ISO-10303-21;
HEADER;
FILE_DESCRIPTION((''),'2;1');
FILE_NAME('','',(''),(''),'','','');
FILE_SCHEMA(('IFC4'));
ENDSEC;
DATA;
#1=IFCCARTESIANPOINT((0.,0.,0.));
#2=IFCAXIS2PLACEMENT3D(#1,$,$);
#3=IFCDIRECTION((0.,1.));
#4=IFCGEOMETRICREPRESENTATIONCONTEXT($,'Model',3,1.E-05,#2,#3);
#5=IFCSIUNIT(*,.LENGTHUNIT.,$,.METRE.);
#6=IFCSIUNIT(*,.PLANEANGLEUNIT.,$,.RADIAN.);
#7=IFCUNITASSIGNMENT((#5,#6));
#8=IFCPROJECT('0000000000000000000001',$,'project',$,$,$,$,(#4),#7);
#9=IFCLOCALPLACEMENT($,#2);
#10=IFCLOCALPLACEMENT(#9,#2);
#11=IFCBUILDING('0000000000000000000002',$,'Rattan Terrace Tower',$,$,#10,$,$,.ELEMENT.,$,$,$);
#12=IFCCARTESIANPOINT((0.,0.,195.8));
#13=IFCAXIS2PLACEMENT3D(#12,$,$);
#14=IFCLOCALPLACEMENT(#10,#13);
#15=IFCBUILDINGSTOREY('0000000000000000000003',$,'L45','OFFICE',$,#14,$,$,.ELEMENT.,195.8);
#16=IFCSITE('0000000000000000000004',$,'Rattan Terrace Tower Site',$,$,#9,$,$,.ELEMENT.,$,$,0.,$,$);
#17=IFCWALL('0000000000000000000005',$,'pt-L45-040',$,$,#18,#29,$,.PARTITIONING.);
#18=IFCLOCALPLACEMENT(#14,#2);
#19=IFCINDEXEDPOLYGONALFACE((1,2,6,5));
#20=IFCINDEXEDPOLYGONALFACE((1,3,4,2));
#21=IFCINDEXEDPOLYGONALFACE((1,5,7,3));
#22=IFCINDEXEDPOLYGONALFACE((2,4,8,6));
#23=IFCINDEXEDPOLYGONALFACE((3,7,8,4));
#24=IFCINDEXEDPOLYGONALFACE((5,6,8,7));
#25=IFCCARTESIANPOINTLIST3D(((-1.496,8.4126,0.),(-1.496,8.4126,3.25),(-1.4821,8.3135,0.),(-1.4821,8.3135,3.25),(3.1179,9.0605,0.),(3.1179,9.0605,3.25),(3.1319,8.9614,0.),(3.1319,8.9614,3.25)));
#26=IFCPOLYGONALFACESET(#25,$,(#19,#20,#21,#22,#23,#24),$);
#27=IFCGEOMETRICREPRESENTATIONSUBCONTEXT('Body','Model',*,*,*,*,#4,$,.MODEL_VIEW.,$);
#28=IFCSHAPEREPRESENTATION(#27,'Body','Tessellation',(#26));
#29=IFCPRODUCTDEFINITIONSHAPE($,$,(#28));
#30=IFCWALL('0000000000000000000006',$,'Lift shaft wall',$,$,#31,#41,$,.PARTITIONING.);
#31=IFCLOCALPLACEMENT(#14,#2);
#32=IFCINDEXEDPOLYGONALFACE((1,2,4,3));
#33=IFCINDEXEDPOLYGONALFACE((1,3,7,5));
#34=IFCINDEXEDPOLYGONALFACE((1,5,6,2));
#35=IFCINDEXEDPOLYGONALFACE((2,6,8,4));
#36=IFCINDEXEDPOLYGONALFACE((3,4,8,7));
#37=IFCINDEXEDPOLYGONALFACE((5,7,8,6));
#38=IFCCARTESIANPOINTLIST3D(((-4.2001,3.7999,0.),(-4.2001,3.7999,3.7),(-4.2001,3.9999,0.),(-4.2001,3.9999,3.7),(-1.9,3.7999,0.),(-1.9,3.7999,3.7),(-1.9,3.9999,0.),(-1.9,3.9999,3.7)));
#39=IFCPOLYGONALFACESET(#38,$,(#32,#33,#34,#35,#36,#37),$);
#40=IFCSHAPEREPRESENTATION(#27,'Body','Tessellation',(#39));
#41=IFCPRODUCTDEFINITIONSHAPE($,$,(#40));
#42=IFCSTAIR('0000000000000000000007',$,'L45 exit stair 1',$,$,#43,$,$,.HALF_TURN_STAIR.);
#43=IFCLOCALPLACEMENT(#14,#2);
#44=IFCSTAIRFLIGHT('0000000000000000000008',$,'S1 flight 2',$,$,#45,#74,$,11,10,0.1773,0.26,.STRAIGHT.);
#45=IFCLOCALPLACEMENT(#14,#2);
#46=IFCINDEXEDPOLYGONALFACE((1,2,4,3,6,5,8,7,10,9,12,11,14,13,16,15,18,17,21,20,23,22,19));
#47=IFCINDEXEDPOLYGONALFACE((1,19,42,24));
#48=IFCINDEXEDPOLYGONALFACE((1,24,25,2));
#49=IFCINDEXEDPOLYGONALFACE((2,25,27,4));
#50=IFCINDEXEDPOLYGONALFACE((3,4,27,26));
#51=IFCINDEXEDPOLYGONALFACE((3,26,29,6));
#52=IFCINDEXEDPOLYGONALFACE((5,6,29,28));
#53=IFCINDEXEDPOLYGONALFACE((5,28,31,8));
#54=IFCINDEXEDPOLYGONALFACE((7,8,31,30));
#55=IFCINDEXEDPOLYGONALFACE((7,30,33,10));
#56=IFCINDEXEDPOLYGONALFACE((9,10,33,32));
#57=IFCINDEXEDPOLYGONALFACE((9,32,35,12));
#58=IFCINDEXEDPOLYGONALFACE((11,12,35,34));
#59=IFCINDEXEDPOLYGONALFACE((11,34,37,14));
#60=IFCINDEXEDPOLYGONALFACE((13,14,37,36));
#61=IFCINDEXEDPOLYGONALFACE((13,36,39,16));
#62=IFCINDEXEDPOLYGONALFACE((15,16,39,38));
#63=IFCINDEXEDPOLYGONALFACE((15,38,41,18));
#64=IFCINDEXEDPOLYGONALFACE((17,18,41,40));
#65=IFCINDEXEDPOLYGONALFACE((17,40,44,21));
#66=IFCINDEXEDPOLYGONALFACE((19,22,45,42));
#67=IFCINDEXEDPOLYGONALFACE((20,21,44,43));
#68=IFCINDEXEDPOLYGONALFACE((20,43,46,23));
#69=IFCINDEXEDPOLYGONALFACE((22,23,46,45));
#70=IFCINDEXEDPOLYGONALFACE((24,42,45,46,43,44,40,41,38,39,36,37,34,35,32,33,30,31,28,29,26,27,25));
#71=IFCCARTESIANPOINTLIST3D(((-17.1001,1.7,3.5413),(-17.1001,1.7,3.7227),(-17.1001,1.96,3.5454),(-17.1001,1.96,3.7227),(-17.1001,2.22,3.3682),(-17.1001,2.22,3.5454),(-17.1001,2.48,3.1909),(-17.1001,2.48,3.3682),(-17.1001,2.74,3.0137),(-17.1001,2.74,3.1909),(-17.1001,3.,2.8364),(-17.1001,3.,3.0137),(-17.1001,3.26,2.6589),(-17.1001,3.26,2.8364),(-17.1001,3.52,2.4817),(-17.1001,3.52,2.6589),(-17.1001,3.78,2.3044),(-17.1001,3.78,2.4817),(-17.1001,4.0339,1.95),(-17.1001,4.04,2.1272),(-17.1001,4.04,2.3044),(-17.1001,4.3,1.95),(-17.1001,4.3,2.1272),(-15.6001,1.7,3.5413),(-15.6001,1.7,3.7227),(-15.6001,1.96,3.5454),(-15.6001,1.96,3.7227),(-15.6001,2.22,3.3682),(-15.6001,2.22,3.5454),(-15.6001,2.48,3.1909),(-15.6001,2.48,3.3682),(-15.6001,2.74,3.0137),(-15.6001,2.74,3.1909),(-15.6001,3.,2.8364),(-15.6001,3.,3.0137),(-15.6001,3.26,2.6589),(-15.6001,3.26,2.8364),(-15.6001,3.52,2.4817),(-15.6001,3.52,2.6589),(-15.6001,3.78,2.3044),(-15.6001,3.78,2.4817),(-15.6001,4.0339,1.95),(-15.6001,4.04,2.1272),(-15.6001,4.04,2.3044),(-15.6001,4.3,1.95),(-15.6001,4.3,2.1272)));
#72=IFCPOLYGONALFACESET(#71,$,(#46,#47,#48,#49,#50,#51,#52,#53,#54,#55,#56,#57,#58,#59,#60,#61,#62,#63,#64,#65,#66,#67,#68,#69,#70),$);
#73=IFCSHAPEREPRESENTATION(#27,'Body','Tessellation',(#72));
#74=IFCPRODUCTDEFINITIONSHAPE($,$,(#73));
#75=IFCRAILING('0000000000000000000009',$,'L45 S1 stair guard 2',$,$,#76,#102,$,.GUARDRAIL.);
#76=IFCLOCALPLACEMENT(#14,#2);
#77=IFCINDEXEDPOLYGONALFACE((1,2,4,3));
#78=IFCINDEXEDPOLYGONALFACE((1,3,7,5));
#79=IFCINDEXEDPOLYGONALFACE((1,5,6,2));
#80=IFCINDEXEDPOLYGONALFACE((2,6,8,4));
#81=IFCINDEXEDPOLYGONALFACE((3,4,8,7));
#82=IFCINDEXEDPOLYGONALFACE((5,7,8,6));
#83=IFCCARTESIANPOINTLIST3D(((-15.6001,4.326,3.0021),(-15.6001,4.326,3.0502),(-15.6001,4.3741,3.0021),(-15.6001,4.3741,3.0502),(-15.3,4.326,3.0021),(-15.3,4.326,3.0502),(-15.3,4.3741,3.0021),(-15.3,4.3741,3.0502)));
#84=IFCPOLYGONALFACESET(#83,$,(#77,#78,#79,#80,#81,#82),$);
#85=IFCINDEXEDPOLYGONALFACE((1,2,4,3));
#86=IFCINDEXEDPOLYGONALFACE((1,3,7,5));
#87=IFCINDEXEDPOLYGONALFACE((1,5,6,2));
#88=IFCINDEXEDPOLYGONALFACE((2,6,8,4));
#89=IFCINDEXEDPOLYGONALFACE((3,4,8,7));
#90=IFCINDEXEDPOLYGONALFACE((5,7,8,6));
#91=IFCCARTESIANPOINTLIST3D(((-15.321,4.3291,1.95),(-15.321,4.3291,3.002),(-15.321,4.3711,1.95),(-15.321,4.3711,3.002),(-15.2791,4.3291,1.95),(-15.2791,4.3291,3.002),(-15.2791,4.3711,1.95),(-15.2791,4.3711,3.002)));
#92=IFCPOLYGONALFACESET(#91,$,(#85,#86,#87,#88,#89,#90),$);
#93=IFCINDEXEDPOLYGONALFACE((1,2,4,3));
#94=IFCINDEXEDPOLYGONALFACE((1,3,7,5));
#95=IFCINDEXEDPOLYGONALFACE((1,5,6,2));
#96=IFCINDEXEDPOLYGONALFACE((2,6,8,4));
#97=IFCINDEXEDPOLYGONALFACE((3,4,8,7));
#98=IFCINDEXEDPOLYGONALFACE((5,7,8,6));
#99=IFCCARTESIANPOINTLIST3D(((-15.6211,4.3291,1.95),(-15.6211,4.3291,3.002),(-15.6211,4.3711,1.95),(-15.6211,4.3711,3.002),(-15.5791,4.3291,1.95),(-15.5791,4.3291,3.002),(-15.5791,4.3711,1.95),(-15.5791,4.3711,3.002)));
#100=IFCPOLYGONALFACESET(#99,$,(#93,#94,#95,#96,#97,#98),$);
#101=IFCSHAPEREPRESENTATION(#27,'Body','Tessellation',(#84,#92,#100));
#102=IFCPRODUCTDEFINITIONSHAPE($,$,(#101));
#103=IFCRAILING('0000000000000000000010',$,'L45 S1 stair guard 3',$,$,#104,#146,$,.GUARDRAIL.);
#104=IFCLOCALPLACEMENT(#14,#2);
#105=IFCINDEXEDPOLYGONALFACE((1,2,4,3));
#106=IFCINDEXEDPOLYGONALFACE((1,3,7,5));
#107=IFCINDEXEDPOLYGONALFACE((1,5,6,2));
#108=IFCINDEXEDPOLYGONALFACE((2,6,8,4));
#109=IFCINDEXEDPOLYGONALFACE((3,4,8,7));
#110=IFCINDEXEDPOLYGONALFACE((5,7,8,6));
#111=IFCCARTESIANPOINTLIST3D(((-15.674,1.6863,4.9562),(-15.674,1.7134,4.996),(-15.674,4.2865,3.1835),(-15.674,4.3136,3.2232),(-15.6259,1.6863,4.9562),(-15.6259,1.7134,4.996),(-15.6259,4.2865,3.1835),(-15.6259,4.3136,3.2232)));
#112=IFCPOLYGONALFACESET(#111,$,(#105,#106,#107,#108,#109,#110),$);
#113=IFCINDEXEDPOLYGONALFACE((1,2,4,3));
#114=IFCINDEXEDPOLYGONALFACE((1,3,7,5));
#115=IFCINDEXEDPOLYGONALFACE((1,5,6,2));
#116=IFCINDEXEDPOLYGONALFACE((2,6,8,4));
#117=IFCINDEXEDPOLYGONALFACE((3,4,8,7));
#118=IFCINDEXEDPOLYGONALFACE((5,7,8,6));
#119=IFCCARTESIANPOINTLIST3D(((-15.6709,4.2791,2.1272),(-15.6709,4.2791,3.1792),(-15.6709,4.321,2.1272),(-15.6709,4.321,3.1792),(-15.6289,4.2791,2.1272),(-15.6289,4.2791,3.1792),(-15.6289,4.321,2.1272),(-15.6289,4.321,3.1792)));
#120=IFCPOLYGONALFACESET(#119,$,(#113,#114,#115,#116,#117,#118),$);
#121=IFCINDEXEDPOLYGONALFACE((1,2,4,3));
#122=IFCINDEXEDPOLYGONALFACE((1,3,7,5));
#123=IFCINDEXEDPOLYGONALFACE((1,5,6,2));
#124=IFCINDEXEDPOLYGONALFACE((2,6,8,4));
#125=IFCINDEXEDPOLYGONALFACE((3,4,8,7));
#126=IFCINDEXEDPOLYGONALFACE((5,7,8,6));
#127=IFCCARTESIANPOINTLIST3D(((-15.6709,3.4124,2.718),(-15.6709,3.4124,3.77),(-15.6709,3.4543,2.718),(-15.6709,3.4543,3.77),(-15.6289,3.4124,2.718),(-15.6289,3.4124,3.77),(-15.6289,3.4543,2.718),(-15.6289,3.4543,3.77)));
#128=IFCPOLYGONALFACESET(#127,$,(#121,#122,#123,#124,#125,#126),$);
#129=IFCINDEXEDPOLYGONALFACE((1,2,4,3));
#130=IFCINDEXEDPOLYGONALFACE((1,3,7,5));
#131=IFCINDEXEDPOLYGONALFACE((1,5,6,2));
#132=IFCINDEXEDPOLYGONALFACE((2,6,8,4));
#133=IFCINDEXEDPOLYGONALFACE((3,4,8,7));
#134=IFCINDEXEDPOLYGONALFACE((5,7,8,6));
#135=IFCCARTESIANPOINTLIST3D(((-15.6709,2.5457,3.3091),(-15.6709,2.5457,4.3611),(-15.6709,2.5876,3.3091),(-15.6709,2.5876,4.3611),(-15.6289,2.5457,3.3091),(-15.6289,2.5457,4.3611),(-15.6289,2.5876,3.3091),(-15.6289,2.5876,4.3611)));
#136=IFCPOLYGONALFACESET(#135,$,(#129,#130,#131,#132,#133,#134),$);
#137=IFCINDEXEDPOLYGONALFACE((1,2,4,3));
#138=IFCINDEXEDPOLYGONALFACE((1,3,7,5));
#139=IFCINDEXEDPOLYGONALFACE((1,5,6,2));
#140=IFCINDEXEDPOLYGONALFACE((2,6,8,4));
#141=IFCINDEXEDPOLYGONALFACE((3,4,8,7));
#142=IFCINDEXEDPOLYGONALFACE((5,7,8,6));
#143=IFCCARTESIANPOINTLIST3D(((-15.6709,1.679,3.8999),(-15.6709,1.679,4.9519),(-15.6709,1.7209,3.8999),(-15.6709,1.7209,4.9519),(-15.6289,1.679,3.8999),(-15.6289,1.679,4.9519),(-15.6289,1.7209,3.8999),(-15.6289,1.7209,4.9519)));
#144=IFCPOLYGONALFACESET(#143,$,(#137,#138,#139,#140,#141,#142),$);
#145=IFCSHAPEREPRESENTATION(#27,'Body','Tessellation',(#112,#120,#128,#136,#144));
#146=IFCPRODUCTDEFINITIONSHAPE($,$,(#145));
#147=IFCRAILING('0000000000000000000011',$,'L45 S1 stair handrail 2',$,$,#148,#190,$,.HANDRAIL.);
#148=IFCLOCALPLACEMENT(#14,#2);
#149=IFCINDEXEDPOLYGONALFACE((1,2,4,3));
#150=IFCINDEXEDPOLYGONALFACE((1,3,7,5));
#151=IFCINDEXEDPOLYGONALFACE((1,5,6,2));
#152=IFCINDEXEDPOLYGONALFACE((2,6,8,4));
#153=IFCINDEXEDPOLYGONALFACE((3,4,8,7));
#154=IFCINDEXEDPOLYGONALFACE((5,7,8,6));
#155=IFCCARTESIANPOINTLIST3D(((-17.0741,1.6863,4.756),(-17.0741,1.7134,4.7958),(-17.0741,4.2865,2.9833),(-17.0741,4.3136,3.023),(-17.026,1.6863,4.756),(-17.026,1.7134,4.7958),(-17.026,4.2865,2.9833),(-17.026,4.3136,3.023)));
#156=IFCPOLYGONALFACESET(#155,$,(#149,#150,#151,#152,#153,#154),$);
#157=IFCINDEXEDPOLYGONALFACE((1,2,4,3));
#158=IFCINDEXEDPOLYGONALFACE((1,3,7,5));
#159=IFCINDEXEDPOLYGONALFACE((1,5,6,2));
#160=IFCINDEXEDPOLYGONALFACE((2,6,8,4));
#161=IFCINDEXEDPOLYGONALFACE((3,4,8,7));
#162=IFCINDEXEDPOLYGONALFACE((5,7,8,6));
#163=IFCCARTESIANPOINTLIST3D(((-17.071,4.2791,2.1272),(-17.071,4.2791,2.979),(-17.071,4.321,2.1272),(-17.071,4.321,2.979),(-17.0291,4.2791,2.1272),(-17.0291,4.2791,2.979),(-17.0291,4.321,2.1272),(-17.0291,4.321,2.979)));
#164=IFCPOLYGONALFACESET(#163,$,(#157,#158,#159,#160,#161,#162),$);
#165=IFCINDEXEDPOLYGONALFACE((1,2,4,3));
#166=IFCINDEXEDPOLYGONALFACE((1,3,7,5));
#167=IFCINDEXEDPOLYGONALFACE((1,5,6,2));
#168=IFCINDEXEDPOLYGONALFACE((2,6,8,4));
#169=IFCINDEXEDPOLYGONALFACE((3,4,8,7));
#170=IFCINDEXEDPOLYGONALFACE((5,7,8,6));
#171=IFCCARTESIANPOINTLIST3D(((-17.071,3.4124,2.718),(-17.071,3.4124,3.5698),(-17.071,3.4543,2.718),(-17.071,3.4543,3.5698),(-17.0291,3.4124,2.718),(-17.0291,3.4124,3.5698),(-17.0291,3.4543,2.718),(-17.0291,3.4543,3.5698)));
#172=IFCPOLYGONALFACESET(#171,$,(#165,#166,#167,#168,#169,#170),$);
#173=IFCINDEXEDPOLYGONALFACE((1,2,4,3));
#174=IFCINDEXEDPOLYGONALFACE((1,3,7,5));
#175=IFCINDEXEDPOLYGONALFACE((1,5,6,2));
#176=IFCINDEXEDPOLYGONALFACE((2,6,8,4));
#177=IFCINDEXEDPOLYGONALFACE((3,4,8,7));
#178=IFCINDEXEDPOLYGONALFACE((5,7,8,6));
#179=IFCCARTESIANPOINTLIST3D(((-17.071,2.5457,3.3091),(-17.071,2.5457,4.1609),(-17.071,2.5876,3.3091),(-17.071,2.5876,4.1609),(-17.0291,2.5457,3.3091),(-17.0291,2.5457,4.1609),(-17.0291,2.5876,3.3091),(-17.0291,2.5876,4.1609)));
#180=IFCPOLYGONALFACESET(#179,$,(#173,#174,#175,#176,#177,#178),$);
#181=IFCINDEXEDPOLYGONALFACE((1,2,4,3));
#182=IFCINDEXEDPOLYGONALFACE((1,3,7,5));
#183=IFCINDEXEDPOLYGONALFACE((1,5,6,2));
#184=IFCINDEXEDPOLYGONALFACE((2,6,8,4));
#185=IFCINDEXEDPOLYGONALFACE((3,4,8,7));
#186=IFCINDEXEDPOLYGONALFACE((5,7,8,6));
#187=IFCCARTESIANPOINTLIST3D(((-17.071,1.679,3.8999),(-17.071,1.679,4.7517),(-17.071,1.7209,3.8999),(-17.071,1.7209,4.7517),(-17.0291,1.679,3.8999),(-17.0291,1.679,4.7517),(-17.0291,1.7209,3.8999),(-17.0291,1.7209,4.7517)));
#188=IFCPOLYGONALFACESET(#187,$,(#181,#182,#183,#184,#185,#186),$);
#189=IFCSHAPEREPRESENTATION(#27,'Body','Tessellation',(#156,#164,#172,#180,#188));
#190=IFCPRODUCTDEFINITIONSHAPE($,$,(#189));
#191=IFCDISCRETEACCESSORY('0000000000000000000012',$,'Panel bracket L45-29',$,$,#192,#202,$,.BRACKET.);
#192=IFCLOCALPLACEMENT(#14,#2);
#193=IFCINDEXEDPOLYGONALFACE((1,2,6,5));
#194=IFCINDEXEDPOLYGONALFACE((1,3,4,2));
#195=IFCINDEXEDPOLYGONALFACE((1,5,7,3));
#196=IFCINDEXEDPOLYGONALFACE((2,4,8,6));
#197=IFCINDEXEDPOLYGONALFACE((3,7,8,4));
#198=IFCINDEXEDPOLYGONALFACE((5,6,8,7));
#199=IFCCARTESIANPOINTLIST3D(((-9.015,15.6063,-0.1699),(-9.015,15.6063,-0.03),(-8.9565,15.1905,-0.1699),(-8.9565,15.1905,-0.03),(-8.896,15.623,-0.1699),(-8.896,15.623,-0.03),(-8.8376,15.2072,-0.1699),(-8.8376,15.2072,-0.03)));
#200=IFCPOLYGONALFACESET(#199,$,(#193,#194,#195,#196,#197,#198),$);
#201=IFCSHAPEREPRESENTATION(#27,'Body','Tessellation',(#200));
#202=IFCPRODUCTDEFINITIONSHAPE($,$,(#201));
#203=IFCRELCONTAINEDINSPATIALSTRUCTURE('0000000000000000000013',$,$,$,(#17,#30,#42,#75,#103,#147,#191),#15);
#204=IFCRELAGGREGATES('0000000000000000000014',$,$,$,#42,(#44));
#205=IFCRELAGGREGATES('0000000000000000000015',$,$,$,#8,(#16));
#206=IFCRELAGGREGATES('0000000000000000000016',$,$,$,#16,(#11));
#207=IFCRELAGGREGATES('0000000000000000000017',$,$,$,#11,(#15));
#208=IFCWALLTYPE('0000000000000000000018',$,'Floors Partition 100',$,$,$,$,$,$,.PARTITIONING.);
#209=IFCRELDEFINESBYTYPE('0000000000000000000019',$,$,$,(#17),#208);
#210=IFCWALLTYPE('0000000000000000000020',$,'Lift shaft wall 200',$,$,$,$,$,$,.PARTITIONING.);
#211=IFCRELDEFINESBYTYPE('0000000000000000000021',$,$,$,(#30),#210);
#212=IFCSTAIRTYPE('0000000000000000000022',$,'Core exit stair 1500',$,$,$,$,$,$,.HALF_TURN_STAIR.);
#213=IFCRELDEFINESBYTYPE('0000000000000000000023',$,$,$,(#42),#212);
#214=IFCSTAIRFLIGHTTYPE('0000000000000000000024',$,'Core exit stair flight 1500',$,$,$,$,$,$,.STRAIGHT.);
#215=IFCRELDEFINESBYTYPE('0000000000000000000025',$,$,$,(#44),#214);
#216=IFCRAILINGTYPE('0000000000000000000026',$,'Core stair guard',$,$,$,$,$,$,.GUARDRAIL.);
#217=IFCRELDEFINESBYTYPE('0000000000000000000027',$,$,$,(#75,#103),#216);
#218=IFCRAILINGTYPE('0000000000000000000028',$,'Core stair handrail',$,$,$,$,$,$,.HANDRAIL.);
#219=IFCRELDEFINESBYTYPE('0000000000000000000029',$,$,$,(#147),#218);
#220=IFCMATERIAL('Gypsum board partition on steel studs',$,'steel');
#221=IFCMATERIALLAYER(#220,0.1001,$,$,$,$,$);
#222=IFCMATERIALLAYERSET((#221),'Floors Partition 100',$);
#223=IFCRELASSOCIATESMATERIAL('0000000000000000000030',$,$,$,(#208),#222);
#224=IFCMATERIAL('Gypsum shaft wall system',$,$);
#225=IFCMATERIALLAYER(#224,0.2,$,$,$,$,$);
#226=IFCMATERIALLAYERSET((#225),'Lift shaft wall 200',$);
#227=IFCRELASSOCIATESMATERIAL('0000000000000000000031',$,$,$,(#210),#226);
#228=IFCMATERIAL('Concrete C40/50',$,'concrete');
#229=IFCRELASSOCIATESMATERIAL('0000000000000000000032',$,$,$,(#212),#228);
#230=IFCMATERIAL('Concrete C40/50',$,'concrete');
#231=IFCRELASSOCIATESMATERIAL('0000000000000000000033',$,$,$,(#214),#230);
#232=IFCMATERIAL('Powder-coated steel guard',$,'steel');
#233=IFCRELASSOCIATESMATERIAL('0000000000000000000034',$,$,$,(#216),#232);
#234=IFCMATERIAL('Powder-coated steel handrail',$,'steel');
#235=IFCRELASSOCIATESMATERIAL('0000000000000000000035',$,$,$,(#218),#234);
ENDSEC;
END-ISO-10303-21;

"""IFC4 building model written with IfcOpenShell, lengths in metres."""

from ifc_helpers import new_model, si_unit, direction, frame, frame_2d, origin, origin_2d, place, context, subcontext, project, spatial, polyline, rectangle, outline, extrude, material, layer, layer_set, type_object, element, aggregate, save


model = new_model("IFC4")

# Units and contexts
model_context = context("Model", 3, precision=1e-05, world=origin(), true_north=direction((0.0, 1.0)))
body_context = subcontext(model_context, "Body", "Model", "MODEL_VIEW")
ifc_project = project(units=[si_unit("LENGTHUNIT", "METRE"), si_unit("PLANEANGLEUNIT", "RADIAN")], contexts=[model_context])

# Site, building, storey
site_placement = place(None, origin())
site = spatial("IfcSite", under=ifc_project, at=site_placement, Name="Rattan Terrace Tower Site", CompositionType="ELEMENT", RefElevation=0.0)
building_placement = place(site_placement, origin())
building = spatial("IfcBuilding", under=site, at=building_placement, Name="Rattan Terrace Tower", CompositionType="ELEMENT")
storey_placement = place(building_placement, frame((0.0, 0.0, 195.8)))
storey = spatial("IfcBuildingStorey", under=building, at=storey_placement, Name="L45", Description="OFFICE", CompositionType="ELEMENT", Elevation=195.8)

# Shared definitions
ifc_material_1 = material(Name="Gypsum board partition on steel studs", Category="steel")
ifc_layer_1 = layer(ifc_material_1, 0.1001)
ifc_layer_set_1 = layer_set([ifc_layer_1], Name="Floors Partition 100")
wall_type_1 = type_object("IfcWallType", Name="Floors Partition 100", PredefinedType="PARTITIONING", material=ifc_layer_set_1)

# Walls
wall_1_placement = place(storey_placement, frame((-1.489, 8.363, 0.0), z_axis=(0.0, 0.0, 1.0), x_axis=(0.990283, 0.139066, 0.0)))
element("IfcWall", 1, at=wall_1_placement, inside=storey, type_object=wall_type_1, Name="pt-L45-040", PredefinedType="PARTITIONING", context=body_context, shape_type="SweptSolid", body=[
    extrude(rectangle(XDim=4.6592, YDim=0.1001, at=frame_2d((2.3296, 0.0))), origin(), (0.0, 0.0, 1.0), 3.25),
])
ifc_material_2 = material(Name="Gypsum shaft wall system")
ifc_layer_2 = layer(ifc_material_2, 0.2)
ifc_layer_set_2 = layer_set([ifc_layer_2], Name="Lift shaft wall 200")
wall_type_2 = type_object("IfcWallType", Name="Lift shaft wall 200", PredefinedType="PARTITIONING", material=ifc_layer_set_2)
wall_2_placement = place(storey_placement, frame((-4.2, 3.8999, 0.0), z_axis=(0.0, 0.0, 1.0), x_axis=(1.0, 0.0, 0.0)))
element("IfcWall", 2, at=wall_2_placement, inside=storey, type_object=wall_type_2, Name="Lift shaft wall", PredefinedType="PARTITIONING", context=body_context, shape_type="SweptSolid", body=[
    extrude(rectangle(XDim=2.3, YDim=0.2, at=frame_2d((1.1499, 0.0))), origin(), (0.0, 0.0, 1.0), 3.7),
])

# Stair, stair flight
ifc_material_3 = material(Name="Concrete C40/50", Category="concrete")
stair_type = type_object("IfcStairType", Name="Core exit stair 1500", PredefinedType="HALF_TURN_STAIR", material=ifc_material_3)
stair_placement = place(storey_placement, origin())
stair = element("IfcStair", 3, at=stair_placement, inside=storey, type_object=stair_type, Name="L45 exit stair 1", PredefinedType="HALF_TURN_STAIR")
ifc_material_4 = material(Name="Concrete C40/50", Category="concrete")
stair_flight_type = type_object("IfcStairFlightType", Name="Core exit stair flight 1500", PredefinedType="STRAIGHT", material=ifc_material_4)
stair_flight_placement = place(storey_placement, frame((-16.3501, 4.3, 1.95), z_axis=(0.0, 0.0, 1.0), x_axis=(0.0, -1.0, 0.0)))
stair_flight = element("IfcStairFlight", 4, at=stair_flight_placement, type_object=stair_flight_type, Name="S1 flight 2", NumberOfRisers=11, NumberOfTreads=10, PredefinedType="STRAIGHT", RiserHeight=0.1773, TreadLength=0.26, context=body_context, shape_type="SweptSolid", body=[
    extrude(outline(polyline([(0.0, 0.0), (0.0, 0.1772), (0.26, 0.1772), (0.26, 0.3545), (0.52, 0.3545), (0.52, 0.5317), (0.78, 0.5317), (0.78, 0.709), (1.04, 0.709), (1.04, 0.8865), (1.3, 0.8865), (1.3, 1.0637), (1.5601, 1.0637), (1.5601, 1.241), (1.8201, 1.241), (1.8201, 1.4182), (2.0801, 1.4182), (2.0801, 1.5955), (2.3401, 1.5955), (2.3401, 1.7727), (2.6001, 1.7727), (2.6001, 1.95), (2.6001, 1.5913), (0.2661, 0.0), (0.0, 0.0)])), frame((0.0, 0.75, 0.0), z_axis=(0.0, -1.0, 0.0), x_axis=(1.0, 0.0, 0.0)), (0.0, 0.0, 1.0), 1.5),
])
aggregate(stair, [stair_flight])

# Railings
ifc_material_5 = material(Name="Powder-coated steel guard", Category="steel")
railing_type_1 = type_object("IfcRailingType", Name="Core stair guard", PredefinedType="GUARDRAIL", material=ifc_material_5)
railing_1_placement = place(storey_placement, frame((-15.3, 4.3501, 1.95)))
element("IfcRailing", 5, at=railing_1_placement, inside=storey, type_object=railing_type_1, Name="L45 S1 stair guard 2", PredefinedType="GUARDRAIL", context=body_context, shape_type="SweptSolid", body=[
    extrude(rectangle(XDim=0.0481, YDim=0.0481, at=origin_2d()), frame((0.0, 0.0, 1.0762), z_axis=(-1.0, 0.0, 0.0), x_axis=(0.0, -1.0, 0.0)), (0.0, 0.0, 1.0), 0.3),
    extrude(rectangle(XDim=0.042, YDim=0.042, at=origin_2d()), origin(), (0.0, 0.0, 1.0), 1.052),
    extrude(rectangle(XDim=0.042, YDim=0.042, at=origin_2d()), frame((-0.3, 0.0, 0.0)), (0.0, 0.0, 1.0), 1.052),
])
railing_2_placement = place(storey_placement, frame((-15.6499, 4.3, 2.1272)))
element("IfcRailing", 6, at=railing_2_placement, inside=storey, type_object=railing_type_1, Name="L45 S1 stair guard 3", PredefinedType="GUARDRAIL", context=body_context, shape_type="SweptSolid", body=[
    extrude(rectangle(XDim=0.0481, YDim=0.0481, at=origin_2d()), frame((0.0, 0.0, 1.0762), z_axis=(0.0, -0.82624, 0.563318), x_axis=(1.0, 0.0, 0.0)), (0.0, 0.0, 1.0), 3.147),
    extrude(rectangle(XDim=0.042, YDim=0.042, at=origin_2d()), origin(), (0.0, 0.0, 1.0), 1.052),
    extrude(rectangle(XDim=0.042, YDim=0.042, at=origin_2d()), frame((0.0, -0.8667, 0.5908)), (0.0, 0.0, 1.0), 1.052),
    extrude(rectangle(XDim=0.042, YDim=0.042, at=origin_2d()), frame((0.0, -1.7334, 1.1819)), (0.0, 0.0, 1.0), 1.052),
    extrude(rectangle(XDim=0.042, YDim=0.042, at=origin_2d()), frame((0.0, -2.6001, 1.7727)), (0.0, 0.0, 1.0), 1.052),
])
ifc_material_6 = material(Name="Powder-coated steel handrail", Category="steel")
railing_type_2 = type_object("IfcRailingType", Name="Core stair handrail", PredefinedType="HANDRAIL", material=ifc_material_6)
railing_3_placement = place(storey_placement, frame((-17.05, 4.3, 2.1272)))
element("IfcRailing", 7, at=railing_3_placement, inside=storey, type_object=railing_type_2, Name="L45 S1 stair handrail 2", PredefinedType="HANDRAIL", context=body_context, shape_type="SweptSolid", body=[
    extrude(rectangle(XDim=0.0481, YDim=0.0481, at=origin_2d()), frame((0.0, 0.0, 0.876), z_axis=(0.0, -0.82624, 0.563318), x_axis=(1.0, 0.0, 0.0)), (0.0, 0.0, 1.0), 3.147),
    extrude(rectangle(XDim=0.042, YDim=0.042, at=origin_2d()), origin(), (0.0, 0.0, 1.0), 0.8518),
    extrude(rectangle(XDim=0.042, YDim=0.042, at=origin_2d()), frame((0.0, -0.8667, 0.5908)), (0.0, 0.0, 1.0), 0.8518),
    extrude(rectangle(XDim=0.042, YDim=0.042, at=origin_2d()), frame((0.0, -1.7334, 1.1819)), (0.0, 0.0, 1.0), 0.8518),
    extrude(rectangle(XDim=0.042, YDim=0.042, at=origin_2d()), frame((0.0, -2.6001, 1.7727)), (0.0, 0.0, 1.0), 0.8518),
])

# Discrete accessory
discrete_accessory_placement = place(storey_placement, frame((-8.9263, 15.4067, -0.1699), z_axis=(0.0, 0.0, 1.0), x_axis=(-0.99027, -0.139161, 0.0)))
element("IfcDiscreteAccessory", 8, at=discrete_accessory_placement, inside=storey, Name="Panel bracket L45-29", PredefinedType="BRACKET", context=body_context, shape_type="SweptSolid", body=[
    extrude(rectangle(XDim=0.1201, YDim=0.4199, at=origin_2d()), origin(), (0.0, 0.0, 1.0), 0.1399),
])

save(model, "model.ifc")
